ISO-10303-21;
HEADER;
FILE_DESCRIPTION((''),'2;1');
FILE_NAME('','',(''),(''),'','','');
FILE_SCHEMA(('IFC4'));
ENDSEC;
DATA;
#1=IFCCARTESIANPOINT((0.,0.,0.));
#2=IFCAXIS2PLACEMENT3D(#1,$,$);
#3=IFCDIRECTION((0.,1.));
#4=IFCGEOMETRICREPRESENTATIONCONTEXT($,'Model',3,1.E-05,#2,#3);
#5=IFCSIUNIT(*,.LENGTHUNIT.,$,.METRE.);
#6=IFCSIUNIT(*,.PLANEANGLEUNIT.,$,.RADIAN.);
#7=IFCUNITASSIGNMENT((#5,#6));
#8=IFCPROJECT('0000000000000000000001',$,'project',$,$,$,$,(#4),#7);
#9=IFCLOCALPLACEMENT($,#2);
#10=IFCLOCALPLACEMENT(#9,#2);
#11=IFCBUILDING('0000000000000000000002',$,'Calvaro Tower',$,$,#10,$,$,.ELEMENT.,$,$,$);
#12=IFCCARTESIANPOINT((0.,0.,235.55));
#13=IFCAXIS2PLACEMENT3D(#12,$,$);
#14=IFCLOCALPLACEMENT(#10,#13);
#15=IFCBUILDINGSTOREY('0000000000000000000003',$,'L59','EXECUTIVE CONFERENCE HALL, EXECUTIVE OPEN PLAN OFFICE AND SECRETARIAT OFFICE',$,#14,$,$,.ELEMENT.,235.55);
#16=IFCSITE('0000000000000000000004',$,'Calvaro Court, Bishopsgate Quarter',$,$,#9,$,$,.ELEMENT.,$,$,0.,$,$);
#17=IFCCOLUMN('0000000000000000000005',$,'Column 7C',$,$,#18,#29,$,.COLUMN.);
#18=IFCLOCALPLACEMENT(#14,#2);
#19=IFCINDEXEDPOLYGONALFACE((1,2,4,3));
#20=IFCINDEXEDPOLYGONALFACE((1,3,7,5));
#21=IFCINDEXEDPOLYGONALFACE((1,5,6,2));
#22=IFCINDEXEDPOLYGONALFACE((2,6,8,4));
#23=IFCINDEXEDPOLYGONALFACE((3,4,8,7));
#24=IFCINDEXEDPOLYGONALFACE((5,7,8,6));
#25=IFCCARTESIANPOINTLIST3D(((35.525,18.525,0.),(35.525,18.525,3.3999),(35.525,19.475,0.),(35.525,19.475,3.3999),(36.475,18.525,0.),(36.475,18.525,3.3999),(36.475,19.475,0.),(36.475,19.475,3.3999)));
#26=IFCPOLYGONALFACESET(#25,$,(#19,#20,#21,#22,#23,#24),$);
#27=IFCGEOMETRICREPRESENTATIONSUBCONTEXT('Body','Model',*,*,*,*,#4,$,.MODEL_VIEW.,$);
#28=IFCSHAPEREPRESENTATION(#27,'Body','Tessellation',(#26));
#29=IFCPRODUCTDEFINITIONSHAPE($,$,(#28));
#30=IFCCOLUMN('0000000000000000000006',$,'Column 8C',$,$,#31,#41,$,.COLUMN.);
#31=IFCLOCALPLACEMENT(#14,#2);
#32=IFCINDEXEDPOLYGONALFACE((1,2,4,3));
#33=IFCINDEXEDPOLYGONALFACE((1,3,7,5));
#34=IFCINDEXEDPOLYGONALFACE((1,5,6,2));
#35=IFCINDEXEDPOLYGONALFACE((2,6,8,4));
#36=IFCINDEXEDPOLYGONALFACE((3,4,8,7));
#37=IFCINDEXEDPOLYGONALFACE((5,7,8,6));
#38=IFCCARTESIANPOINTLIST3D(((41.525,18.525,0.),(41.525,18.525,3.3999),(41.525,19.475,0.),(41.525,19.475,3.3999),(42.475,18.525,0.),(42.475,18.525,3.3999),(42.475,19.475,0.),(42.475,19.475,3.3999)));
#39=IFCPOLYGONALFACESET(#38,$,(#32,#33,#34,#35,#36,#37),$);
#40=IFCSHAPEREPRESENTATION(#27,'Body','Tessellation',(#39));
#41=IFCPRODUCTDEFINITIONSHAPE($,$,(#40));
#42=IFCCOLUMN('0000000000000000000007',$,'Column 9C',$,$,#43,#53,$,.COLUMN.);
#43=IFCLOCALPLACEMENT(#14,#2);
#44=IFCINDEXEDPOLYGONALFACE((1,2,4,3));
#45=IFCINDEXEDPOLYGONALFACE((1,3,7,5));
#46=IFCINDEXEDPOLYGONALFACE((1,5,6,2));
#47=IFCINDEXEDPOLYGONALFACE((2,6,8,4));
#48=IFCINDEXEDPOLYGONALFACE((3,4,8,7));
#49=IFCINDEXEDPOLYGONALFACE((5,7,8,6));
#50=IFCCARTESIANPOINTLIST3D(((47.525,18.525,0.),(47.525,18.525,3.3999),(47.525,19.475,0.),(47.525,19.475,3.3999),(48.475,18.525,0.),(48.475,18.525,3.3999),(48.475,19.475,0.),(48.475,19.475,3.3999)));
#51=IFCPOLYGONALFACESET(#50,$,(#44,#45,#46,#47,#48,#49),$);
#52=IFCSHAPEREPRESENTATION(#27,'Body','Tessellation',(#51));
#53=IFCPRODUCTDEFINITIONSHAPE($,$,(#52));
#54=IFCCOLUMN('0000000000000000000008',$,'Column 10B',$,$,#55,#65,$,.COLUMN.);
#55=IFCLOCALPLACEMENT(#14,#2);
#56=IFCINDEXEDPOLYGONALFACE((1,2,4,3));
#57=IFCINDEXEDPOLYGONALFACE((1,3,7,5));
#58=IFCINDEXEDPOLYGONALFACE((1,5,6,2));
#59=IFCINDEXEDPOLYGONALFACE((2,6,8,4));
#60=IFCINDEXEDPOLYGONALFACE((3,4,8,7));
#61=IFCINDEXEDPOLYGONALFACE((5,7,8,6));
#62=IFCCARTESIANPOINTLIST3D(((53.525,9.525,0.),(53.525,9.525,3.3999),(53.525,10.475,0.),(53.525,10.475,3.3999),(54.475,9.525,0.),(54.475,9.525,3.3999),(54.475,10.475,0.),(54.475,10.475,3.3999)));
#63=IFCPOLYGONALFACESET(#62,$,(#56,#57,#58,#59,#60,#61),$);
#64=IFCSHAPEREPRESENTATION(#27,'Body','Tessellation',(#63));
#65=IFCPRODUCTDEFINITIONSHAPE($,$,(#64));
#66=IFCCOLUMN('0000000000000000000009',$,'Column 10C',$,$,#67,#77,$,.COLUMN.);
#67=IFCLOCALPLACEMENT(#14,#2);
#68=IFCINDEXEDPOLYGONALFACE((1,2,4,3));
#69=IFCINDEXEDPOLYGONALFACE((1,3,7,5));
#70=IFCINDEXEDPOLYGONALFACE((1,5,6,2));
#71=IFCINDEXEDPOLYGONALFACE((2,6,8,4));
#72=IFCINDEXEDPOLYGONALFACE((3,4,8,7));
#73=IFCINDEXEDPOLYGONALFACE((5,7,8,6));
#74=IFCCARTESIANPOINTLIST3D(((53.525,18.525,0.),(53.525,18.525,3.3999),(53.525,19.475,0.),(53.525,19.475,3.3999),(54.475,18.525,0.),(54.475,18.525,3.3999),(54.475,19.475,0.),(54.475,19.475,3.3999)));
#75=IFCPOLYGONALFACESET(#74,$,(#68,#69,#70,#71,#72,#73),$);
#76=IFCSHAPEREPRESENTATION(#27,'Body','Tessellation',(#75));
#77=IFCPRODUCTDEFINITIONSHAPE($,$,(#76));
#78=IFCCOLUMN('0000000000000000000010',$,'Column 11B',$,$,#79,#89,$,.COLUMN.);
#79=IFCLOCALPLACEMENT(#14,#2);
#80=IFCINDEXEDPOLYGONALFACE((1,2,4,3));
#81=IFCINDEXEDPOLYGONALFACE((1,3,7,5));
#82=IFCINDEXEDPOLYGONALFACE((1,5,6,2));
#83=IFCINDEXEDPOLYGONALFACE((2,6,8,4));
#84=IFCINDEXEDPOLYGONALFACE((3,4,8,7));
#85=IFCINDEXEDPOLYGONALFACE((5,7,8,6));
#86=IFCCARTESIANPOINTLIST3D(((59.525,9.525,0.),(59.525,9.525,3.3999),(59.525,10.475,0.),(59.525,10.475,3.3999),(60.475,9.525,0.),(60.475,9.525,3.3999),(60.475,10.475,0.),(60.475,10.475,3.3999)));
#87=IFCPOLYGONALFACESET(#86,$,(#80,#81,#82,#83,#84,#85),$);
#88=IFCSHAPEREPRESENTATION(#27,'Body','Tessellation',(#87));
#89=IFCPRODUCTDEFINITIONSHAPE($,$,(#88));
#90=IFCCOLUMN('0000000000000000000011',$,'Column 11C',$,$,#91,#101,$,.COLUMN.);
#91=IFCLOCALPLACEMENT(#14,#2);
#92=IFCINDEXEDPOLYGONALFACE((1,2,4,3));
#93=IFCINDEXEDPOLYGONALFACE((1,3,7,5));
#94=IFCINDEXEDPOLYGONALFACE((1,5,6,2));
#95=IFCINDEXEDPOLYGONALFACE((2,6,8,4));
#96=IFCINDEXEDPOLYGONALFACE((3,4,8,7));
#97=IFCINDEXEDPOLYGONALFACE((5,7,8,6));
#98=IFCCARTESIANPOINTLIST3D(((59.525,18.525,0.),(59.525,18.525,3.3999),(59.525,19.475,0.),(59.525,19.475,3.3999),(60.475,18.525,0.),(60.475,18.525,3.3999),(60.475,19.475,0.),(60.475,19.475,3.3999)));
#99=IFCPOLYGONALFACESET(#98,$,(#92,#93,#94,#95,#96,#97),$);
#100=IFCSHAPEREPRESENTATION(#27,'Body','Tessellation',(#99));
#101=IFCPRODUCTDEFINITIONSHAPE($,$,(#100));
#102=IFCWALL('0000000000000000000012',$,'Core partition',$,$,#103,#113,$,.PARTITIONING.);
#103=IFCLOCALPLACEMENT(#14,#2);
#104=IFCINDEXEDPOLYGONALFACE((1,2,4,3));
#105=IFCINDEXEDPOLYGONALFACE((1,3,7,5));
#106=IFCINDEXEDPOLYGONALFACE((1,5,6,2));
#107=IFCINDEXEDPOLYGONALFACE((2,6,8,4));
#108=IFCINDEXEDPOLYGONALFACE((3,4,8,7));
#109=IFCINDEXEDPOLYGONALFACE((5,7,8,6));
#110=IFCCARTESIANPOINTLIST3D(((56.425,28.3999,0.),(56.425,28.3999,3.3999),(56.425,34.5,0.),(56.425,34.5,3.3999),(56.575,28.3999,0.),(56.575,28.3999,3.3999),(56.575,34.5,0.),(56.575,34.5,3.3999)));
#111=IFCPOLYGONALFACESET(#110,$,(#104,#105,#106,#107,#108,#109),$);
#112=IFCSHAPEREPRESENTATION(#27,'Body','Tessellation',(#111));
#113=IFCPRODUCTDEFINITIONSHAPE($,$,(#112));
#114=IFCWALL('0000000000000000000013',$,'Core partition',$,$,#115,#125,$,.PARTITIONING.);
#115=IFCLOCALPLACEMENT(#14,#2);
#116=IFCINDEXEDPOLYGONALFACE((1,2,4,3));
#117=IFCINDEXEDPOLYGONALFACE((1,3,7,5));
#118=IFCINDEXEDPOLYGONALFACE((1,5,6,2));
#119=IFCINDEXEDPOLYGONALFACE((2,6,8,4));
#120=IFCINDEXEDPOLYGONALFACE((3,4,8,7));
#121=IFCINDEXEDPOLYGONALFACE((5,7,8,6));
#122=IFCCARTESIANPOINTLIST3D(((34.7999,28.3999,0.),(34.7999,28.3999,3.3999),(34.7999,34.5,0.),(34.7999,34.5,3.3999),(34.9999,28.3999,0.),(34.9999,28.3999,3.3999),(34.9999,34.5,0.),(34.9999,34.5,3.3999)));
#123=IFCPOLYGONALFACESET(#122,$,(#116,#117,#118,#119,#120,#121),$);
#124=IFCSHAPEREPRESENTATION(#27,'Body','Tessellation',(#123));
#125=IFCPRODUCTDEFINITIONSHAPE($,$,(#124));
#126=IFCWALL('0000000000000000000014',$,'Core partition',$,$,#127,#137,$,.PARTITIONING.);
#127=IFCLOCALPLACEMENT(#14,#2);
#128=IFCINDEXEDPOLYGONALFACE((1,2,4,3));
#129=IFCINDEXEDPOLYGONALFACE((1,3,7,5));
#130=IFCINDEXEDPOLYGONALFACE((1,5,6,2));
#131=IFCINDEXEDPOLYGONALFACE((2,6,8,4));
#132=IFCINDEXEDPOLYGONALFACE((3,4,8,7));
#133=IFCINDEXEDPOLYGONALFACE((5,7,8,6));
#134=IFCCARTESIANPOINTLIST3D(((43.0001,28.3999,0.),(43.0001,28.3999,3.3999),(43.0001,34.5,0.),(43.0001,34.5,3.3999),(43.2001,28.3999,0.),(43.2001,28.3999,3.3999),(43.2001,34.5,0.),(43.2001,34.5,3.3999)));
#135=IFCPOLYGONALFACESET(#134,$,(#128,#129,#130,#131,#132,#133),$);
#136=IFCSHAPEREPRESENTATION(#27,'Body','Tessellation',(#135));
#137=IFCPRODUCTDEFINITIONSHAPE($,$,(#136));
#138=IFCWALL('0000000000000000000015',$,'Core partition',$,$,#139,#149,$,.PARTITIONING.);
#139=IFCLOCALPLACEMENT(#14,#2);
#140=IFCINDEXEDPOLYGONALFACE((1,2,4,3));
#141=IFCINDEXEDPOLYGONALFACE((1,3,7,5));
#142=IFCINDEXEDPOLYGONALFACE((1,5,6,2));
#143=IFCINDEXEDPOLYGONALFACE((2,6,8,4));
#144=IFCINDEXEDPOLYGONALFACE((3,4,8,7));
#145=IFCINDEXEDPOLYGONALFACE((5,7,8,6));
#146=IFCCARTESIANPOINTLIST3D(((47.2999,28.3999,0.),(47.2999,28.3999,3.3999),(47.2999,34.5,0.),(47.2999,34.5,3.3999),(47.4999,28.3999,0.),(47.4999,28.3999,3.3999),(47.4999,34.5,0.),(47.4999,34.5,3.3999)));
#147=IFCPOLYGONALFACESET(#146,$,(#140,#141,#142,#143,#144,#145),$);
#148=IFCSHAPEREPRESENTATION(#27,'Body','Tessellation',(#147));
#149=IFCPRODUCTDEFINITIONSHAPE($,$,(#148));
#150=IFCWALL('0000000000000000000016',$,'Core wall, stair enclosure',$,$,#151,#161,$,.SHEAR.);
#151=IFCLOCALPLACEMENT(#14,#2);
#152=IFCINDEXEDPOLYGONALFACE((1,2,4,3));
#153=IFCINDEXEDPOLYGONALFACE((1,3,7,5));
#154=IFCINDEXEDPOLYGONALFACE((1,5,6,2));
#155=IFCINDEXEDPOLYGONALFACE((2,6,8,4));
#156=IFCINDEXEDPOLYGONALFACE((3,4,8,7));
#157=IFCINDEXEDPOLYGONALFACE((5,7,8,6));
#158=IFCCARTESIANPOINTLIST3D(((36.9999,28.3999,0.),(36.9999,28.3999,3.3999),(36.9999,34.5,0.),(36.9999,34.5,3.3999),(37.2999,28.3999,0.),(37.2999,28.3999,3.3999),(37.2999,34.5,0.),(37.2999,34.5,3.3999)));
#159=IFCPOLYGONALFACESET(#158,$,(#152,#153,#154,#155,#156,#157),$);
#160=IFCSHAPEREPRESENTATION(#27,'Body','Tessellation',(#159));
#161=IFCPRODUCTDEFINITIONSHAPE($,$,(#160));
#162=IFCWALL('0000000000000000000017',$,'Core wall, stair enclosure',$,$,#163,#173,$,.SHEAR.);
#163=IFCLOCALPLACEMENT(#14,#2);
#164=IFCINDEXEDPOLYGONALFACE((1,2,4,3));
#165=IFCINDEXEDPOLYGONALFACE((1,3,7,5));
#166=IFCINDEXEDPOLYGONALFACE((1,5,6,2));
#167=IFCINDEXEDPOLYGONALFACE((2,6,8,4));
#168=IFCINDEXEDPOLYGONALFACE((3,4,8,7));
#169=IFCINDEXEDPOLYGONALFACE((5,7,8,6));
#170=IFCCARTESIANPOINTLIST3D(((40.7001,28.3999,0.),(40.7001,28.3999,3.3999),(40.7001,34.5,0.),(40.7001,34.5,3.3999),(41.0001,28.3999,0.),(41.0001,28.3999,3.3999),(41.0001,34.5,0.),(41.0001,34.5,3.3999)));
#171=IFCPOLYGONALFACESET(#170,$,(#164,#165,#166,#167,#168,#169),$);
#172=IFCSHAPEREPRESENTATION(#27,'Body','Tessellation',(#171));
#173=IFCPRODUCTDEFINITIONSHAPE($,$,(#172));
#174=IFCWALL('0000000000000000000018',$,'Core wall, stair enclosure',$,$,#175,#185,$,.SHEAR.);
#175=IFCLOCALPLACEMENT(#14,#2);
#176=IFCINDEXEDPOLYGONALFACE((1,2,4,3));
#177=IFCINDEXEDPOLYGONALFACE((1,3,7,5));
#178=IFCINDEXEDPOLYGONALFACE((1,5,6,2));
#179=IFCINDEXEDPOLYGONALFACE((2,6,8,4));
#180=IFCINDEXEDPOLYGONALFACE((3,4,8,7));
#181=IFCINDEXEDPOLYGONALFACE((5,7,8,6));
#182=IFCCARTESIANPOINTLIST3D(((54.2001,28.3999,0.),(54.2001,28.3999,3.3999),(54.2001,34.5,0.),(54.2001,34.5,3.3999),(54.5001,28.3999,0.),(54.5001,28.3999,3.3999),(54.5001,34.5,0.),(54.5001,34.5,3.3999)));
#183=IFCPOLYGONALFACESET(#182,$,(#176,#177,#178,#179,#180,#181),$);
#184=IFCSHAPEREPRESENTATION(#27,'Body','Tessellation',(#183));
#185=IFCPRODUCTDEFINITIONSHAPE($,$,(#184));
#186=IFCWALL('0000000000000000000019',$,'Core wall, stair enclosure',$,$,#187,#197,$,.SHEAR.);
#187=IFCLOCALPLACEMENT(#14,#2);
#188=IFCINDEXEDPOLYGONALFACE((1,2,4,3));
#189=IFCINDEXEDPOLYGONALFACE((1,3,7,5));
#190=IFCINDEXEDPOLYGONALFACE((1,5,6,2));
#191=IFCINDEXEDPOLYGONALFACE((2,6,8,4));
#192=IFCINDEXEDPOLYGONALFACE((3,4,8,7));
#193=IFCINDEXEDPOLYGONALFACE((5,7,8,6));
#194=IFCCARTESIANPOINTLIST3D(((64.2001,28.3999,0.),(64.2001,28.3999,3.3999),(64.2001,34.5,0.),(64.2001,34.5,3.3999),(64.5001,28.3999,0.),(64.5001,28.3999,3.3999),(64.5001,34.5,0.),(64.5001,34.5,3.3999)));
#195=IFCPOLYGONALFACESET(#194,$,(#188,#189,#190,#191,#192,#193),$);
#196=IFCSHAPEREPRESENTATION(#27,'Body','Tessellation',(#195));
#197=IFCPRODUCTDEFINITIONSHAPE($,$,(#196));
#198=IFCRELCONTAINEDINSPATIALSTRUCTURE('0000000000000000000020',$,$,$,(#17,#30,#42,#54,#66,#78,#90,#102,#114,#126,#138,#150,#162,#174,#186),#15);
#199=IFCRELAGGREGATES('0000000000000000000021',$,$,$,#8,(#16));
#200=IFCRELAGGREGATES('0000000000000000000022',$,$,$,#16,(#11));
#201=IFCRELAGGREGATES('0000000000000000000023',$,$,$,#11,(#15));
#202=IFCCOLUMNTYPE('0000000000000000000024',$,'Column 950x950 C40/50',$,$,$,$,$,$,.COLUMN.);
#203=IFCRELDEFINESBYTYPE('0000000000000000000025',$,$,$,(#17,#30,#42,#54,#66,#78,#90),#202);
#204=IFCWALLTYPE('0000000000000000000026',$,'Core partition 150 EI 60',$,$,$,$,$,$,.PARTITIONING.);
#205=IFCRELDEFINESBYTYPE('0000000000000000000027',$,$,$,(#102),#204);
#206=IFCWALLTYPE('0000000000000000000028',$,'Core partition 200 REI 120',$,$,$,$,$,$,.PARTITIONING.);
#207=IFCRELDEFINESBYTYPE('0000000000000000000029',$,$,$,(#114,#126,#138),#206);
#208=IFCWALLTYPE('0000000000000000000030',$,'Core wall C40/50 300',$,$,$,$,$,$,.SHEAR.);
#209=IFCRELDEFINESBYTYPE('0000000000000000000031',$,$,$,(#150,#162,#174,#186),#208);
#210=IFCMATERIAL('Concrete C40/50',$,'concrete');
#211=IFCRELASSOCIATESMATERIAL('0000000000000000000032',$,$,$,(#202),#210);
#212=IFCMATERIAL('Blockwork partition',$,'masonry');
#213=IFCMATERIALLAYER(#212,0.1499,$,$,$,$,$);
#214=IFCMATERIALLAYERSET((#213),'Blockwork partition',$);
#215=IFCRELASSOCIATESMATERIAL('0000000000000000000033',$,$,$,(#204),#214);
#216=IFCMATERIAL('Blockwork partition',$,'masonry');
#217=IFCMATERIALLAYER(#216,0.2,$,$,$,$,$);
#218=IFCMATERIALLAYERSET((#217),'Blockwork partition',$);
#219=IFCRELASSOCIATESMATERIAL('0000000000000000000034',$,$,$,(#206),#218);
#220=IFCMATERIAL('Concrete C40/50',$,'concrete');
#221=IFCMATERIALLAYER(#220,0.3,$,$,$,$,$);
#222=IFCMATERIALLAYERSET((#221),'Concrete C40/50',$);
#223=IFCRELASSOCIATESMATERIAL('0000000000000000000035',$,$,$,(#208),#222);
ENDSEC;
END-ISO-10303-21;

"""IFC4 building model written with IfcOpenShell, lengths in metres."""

from ifc_helpers import new_model, si_unit, direction, frame, frame_2d, origin, origin_2d, place, context, subcontext, project, spatial, rectangle, extrude, material, layer, layer_set, material_profile, profile_set, type_object, element, save


model = new_model("IFC4")

# Units and contexts
model_context = context("Model", 3, precision=1e-05, world=origin(), true_north=direction((0.0, 1.0)))
body_context = subcontext(model_context, "Body", "Model", "MODEL_VIEW")
ifc_project = project(units=[si_unit("LENGTHUNIT", "METRE"), si_unit("PLANEANGLEUNIT", "RADIAN")], contexts=[model_context])

# Site, building, storey
site_placement = place(None, origin())
site = spatial("IfcSite", under=ifc_project, at=site_placement, Name="Calvaro Court, Bishopsgate Quarter", CompositionType="ELEMENT", RefElevation=0.0)
building_placement = place(site_placement, origin())
building = spatial("IfcBuilding", under=site, at=building_placement, Name="Calvaro Tower", CompositionType="ELEMENT")
storey_placement = place(building_placement, frame((0.0, 0.0, 235.55)))
storey = spatial("IfcBuildingStorey", under=building, at=storey_placement, Name="L59", Description="EXECUTIVE CONFERENCE HALL, EXECUTIVE OPEN PLAN OFFICE AND SECRETARIAT OFFICE", CompositionType="ELEMENT", Elevation=235.55)

# Columns
ifc_material_1 = material(Name="Concrete C40/50", Category="concrete")
ifc_material_profile = material_profile(ifc_material_1, rectangle(XDim=0.95, YDim=0.95, at=origin_2d()), Name="RC 950x950")
ifc_profile_set = profile_set([ifc_material_profile], Name="Concrete C40/50")
column_type = type_object("IfcColumnType", Name="Column 950x950 C40/50", PredefinedType="COLUMN", material=ifc_profile_set)
for number, where, z_axis, x_axis, name in (
    (1, (36.0, 19.0, 0.0), (0.0, 0.0, 1.0), (1.0, 0.0, 0.0), "Column 7C"),
    (2, (42.0, 19.0, 0.0), (0.0, 0.0, 1.0), (1.0, 0.0, 0.0), "Column 8C"),
    (3, (48.0, 19.0, 0.0), (0.0, 0.0, 1.0), (1.0, 0.0, 0.0), "Column 9C"),
    (4, (54.0, 10.0, 0.0), (0.0, 0.0, 1.0), (1.0, 0.0, 0.0), "Column 10B"),
    (5, (54.0, 19.0, 0.0), (0.0, 0.0, 1.0), (1.0, 0.0, 0.0), "Column 10C"),
    (6, (60.0, 10.0, 0.0), (0.0, 0.0, 1.0), (1.0, 0.0, 0.0), "Column 11B"),
    (7, (60.0, 19.0, 0.0), (0.0, 0.0, 1.0), (1.0, 0.0, 0.0), "Column 11C"),
):
    element("IfcColumn", number, at=place(storey_placement, frame(where, z_axis=z_axis, x_axis=x_axis)), inside=storey, type_object=column_type, Name=name, PredefinedType="COLUMN", context=body_context, shape_type="SweptSolid", body=[
        extrude(rectangle(XDim=0.95, YDim=0.95, at=origin_2d()), origin(), (0.0, 0.0, 1.0), 3.3999),
    ])

# Walls
ifc_material_2 = material(Name="Blockwork partition", Category="masonry")
ifc_layer_1 = layer(ifc_material_2, 0.1499)
ifc_layer_set_1 = layer_set([ifc_layer_1], Name="Blockwork partition")
wall_type_1 = type_object("IfcWallType", Name="Core partition 150 EI 60", PredefinedType="PARTITIONING", material=ifc_layer_set_1)
wall_1_placement = place(storey_placement, frame((56.5, 28.3999, 0.0), z_axis=(0.0, 0.0, 1.0), x_axis=(0.0, 1.0, 0.0)))
element("IfcWall", 8, at=wall_1_placement, inside=storey, type_object=wall_type_1, Name="Core partition", PredefinedType="PARTITIONING", context=body_context, shape_type="SweptSolid", body=[
    extrude(rectangle(XDim=6.1001, YDim=0.1499, at=frame_2d((3.05, 0.0))), origin(), (0.0, 0.0, 1.0), 3.3999),
])
ifc_material_3 = material(Name="Blockwork partition", Category="masonry")
ifc_layer_2 = layer(ifc_material_3, 0.2)
ifc_layer_set_2 = layer_set([ifc_layer_2], Name="Blockwork partition")
wall_type_2 = type_object("IfcWallType", Name="Core partition 200 REI 120", PredefinedType="PARTITIONING", material=ifc_layer_set_2)
for number, where, z_axis, x_axis, name in (
    (9, (34.8999, 28.3999, 0.0), (0.0, 0.0, 1.0), (0.0, 1.0, 0.0), "Core partition"),
    (10, (43.1001, 28.3999, 0.0), (0.0, 0.0, 1.0), (0.0, 1.0, 0.0), "Core partition"),
    (11, (47.3999, 28.3999, 0.0), (0.0, 0.0, 1.0), (0.0, 1.0, 0.0), "Core partition"),
):
    element("IfcWall", number, at=place(storey_placement, frame(where, z_axis=z_axis, x_axis=x_axis)), inside=storey, type_object=wall_type_2, Name=name, PredefinedType="PARTITIONING", context=body_context, shape_type="SweptSolid", body=[
        extrude(rectangle(XDim=6.1001, YDim=0.2, at=frame_2d((3.05, 0.0))), origin(), (0.0, 0.0, 1.0), 3.3999),
    ])
ifc_material_4 = material(Name="Concrete C40/50", Category="concrete")
ifc_layer_3 = layer(ifc_material_4, 0.3)
ifc_layer_set_3 = layer_set([ifc_layer_3], Name="Concrete C40/50")
wall_type_3 = type_object("IfcWallType", Name="Core wall C40/50 300", PredefinedType="SHEAR", material=ifc_layer_set_3)
for number, where, z_axis, x_axis, name in (
    (12, (37.1499, 28.3999, 0.0), (0.0, 0.0, 1.0), (0.0, 1.0, 0.0), "Core wall, stair enclosure"),
    (13, (40.8501, 28.3999, 0.0), (0.0, 0.0, 1.0), (0.0, 1.0, 0.0), "Core wall, stair enclosure"),
    (14, (54.3501, 28.3999, 0.0), (0.0, 0.0, 1.0), (0.0, 1.0, 0.0), "Core wall, stair enclosure"),
    (15, (64.3501, 28.3999, 0.0), (0.0, 0.0, 1.0), (0.0, 1.0, 0.0), "Core wall, stair enclosure"),
):
    element("IfcWall", number, at=place(storey_placement, frame(where, z_axis=z_axis, x_axis=x_axis)), inside=storey, type_object=wall_type_3, Name=name, PredefinedType="SHEAR", context=body_context, shape_type="SweptSolid", body=[
        extrude(rectangle(XDim=6.1001, YDim=0.3, at=frame_2d((3.05, 0.0))), origin(), (0.0, 0.0, 1.0), 3.3999),
    ])

save(model, "model.ifc")
